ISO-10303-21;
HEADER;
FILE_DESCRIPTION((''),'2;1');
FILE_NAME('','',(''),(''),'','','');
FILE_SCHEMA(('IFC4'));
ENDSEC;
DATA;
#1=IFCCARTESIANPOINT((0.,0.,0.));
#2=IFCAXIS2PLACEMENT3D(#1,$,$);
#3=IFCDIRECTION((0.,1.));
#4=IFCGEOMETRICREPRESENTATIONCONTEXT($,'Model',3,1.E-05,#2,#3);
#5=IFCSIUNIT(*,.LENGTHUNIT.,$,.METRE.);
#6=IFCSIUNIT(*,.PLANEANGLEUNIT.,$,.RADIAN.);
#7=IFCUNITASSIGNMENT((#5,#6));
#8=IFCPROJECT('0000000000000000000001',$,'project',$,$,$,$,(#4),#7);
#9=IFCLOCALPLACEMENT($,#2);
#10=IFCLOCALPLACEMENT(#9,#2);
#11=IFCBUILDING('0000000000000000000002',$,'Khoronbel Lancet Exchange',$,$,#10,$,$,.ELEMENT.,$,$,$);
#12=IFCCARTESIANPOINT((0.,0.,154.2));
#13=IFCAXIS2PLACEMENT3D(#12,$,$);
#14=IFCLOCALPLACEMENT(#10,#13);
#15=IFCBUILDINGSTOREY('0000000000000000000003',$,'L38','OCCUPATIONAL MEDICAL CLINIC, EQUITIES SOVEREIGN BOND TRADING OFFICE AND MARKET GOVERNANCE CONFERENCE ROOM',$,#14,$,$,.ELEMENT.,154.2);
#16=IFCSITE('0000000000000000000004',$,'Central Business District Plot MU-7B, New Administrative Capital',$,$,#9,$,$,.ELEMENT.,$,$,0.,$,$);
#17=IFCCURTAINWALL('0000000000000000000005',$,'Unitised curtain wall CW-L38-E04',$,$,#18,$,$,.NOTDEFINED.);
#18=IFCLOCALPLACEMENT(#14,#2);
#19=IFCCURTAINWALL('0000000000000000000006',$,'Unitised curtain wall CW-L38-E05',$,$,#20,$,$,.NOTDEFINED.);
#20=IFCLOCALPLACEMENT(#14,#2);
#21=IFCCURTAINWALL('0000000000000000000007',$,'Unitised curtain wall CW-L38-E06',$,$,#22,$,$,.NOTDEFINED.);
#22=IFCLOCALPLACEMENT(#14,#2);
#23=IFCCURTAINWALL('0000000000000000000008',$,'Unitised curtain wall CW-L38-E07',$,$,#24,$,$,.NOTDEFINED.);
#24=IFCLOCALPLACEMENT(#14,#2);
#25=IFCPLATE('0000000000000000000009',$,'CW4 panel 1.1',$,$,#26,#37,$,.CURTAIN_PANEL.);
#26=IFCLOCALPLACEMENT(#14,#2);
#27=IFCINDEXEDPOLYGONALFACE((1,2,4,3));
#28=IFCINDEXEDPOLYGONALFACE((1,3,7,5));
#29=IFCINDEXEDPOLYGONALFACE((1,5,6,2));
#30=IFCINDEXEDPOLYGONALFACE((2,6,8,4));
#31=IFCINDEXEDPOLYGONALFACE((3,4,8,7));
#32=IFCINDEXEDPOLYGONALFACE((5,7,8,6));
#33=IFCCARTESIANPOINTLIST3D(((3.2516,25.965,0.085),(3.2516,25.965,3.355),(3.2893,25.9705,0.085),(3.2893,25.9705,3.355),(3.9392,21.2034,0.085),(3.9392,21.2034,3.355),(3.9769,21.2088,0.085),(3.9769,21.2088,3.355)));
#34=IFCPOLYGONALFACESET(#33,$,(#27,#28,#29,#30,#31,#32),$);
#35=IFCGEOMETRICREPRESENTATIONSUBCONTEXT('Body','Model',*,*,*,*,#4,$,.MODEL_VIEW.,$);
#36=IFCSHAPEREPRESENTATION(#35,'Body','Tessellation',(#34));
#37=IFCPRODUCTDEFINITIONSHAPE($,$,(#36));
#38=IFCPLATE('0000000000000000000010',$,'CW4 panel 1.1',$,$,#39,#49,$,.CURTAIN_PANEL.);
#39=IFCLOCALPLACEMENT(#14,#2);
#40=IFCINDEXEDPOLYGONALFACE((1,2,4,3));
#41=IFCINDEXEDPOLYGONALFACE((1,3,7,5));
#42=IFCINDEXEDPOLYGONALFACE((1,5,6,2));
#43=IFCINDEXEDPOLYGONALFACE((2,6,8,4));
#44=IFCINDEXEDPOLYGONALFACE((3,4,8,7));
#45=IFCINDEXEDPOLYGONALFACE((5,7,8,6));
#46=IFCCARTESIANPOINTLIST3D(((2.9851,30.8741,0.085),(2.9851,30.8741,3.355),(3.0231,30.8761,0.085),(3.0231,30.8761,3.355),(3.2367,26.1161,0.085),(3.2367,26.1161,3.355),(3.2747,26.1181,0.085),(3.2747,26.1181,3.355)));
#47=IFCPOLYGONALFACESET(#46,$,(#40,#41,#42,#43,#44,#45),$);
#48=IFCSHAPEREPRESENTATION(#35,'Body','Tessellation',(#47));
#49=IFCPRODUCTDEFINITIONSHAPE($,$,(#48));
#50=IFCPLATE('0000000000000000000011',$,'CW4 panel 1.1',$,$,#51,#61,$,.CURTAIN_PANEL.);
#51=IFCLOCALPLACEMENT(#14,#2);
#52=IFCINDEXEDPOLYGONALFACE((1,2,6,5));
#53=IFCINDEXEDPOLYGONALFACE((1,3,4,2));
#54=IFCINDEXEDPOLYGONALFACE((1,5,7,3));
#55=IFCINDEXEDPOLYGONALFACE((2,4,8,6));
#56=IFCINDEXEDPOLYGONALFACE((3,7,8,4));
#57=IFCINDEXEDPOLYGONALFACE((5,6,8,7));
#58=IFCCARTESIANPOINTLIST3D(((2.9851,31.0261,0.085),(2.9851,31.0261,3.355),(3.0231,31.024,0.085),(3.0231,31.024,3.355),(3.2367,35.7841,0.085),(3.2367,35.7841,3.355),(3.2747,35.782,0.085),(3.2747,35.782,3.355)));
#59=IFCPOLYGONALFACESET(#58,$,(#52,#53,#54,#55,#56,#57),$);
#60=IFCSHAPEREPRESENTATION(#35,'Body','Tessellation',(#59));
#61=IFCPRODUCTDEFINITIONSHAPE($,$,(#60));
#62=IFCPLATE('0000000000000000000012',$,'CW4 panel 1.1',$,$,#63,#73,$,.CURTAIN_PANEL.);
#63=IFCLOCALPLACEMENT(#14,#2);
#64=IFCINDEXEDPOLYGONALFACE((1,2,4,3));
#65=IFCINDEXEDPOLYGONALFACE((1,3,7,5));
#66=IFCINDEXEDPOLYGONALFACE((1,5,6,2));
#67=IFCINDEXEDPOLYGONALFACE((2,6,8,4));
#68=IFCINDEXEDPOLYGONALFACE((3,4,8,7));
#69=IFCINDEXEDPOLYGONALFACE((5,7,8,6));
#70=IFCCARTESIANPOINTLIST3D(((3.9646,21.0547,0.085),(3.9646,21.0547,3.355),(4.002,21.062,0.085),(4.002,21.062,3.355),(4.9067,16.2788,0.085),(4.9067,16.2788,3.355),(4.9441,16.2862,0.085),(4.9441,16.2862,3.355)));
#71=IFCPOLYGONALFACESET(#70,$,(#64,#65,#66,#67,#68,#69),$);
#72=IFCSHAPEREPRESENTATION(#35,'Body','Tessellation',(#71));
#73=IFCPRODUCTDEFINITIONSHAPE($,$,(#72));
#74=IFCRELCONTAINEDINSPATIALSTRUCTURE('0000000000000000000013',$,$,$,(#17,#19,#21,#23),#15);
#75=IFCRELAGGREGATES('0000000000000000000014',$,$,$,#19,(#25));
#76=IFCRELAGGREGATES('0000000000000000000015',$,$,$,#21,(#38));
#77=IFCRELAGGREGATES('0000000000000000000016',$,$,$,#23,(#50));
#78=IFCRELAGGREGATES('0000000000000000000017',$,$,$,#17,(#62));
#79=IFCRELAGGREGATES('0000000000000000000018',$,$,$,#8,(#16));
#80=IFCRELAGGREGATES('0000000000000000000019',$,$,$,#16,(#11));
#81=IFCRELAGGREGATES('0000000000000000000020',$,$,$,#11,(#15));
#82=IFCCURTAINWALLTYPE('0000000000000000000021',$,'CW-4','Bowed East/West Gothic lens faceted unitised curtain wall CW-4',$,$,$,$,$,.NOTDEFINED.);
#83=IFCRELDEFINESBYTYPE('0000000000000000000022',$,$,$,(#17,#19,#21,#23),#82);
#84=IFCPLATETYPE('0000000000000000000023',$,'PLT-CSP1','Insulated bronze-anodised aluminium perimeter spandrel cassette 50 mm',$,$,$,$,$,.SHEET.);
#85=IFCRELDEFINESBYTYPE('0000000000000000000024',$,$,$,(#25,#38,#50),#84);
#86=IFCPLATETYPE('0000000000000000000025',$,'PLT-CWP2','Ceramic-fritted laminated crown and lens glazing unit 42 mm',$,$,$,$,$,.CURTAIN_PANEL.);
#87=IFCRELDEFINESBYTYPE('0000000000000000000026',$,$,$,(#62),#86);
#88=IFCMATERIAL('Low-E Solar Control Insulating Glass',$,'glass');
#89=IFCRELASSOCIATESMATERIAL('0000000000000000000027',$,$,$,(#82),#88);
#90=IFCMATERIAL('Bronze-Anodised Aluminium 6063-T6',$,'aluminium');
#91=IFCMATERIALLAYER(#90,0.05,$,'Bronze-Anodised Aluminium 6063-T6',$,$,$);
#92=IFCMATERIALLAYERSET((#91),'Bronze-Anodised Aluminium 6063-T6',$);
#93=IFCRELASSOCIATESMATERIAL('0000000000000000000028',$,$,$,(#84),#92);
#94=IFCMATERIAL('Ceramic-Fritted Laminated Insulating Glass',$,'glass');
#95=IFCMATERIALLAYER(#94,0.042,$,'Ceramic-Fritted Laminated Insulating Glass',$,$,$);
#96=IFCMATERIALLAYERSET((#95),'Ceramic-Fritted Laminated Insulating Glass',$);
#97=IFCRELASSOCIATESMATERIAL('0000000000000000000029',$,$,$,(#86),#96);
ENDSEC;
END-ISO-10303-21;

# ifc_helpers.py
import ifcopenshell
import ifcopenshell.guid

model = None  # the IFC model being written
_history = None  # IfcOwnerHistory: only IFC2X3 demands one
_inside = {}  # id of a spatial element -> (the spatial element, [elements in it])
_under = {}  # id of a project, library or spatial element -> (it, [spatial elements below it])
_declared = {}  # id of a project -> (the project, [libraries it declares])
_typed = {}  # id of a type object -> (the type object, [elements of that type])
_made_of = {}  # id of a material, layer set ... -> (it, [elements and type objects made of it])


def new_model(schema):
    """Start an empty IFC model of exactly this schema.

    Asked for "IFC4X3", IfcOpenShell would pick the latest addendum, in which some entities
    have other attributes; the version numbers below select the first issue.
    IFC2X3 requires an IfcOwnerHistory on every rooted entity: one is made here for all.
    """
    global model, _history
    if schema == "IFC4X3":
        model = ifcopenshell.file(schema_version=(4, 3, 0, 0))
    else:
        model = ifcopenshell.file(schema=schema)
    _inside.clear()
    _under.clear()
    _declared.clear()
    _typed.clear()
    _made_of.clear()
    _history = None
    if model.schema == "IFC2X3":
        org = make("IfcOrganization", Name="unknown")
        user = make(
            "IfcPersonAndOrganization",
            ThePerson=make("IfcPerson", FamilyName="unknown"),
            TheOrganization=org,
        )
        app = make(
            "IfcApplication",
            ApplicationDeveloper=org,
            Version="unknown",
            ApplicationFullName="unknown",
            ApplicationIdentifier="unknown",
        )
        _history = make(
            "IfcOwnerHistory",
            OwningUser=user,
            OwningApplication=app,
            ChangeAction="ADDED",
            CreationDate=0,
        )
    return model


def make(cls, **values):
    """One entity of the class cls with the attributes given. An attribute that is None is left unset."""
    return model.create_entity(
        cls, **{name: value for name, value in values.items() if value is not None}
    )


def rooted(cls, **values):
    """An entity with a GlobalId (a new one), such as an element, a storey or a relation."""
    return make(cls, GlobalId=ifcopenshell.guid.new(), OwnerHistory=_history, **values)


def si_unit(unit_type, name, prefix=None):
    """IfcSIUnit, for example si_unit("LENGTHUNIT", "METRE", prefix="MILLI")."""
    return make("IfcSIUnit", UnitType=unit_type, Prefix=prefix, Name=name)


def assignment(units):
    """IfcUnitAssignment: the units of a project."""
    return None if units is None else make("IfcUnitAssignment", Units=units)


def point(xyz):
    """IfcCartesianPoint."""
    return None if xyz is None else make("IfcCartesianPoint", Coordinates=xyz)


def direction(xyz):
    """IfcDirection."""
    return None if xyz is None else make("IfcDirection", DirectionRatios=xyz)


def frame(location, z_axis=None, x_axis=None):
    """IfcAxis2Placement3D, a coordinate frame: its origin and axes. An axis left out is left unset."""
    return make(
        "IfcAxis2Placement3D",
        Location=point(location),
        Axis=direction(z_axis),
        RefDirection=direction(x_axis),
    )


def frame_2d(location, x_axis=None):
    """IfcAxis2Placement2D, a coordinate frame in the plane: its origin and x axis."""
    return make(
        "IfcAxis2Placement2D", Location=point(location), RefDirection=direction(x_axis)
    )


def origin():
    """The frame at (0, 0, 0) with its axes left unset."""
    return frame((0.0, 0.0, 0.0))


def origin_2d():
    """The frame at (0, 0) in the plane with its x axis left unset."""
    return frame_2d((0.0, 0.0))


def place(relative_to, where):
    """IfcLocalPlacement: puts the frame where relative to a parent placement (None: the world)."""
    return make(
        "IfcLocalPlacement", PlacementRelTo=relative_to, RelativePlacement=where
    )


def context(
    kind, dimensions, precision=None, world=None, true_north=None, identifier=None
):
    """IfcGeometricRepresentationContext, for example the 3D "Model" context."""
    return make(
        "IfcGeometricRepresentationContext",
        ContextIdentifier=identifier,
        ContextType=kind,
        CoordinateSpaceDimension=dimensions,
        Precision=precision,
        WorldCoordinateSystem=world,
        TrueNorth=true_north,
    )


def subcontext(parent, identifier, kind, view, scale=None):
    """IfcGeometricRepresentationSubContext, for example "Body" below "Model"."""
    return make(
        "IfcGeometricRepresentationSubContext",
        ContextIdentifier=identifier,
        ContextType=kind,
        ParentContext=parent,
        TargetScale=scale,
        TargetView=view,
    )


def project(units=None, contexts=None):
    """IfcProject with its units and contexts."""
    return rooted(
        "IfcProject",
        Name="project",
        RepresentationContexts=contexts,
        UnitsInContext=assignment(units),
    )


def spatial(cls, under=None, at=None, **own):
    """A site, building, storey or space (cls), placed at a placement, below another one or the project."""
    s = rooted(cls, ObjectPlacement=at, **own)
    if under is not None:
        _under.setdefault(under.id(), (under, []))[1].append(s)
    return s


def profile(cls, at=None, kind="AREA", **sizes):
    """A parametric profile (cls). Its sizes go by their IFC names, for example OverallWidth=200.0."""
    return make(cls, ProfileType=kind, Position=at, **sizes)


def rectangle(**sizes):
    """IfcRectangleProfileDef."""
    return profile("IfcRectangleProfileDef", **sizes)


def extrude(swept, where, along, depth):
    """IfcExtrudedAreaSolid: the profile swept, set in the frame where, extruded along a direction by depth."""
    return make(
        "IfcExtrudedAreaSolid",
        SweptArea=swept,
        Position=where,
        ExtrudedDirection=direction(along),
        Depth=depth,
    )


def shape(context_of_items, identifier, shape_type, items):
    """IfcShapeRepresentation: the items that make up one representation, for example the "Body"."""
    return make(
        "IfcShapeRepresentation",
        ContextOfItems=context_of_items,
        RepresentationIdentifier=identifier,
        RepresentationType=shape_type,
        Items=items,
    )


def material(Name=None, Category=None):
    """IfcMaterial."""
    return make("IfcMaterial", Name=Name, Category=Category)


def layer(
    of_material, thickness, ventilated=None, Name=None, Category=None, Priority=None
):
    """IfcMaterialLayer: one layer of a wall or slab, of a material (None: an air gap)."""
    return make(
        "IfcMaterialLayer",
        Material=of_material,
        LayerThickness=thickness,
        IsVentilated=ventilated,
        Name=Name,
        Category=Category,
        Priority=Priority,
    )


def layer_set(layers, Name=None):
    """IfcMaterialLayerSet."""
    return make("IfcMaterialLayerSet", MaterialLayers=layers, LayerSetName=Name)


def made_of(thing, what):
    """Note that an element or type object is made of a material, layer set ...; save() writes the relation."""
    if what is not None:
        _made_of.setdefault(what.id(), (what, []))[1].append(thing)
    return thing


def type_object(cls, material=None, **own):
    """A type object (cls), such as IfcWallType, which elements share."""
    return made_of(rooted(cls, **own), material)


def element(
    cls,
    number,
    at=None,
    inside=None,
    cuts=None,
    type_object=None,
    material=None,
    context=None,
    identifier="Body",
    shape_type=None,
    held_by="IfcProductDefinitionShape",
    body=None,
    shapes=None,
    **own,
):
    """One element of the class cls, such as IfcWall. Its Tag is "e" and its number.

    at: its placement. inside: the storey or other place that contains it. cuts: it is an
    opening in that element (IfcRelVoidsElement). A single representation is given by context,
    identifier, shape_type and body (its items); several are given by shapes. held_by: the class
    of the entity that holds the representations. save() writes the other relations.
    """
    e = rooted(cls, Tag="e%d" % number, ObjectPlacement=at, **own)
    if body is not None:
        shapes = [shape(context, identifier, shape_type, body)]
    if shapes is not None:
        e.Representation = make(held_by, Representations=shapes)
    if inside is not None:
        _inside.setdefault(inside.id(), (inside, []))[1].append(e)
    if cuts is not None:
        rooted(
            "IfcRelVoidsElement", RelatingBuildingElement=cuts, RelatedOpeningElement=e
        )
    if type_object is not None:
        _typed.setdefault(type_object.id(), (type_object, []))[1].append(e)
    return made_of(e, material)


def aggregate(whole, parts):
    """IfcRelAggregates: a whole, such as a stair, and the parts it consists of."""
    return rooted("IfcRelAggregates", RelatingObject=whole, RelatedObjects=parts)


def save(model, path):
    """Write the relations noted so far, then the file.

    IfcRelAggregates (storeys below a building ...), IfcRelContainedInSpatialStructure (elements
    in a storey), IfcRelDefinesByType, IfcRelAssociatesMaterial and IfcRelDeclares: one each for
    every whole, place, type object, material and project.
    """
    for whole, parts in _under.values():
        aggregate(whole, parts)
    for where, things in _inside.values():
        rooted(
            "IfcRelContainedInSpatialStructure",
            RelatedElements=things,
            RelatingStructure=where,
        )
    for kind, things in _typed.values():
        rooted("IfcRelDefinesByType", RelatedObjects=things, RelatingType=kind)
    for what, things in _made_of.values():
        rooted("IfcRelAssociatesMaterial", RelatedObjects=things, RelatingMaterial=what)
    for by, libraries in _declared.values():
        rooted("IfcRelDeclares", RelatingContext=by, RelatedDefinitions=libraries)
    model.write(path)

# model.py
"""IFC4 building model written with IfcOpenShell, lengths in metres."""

from ifc_helpers import new_model, si_unit, direction, frame, origin, origin_2d, place, context, subcontext, project, spatial, rectangle, extrude, material, layer, layer_set, type_object, element, aggregate, save


model = new_model("IFC4")

# Units and contexts
model_context = context("Model", 3, precision=1e-05, world=origin(), true_north=direction((0.0, 1.0)))
body_context = subcontext(model_context, "Body", "Model", "MODEL_VIEW")
ifc_project = project(units=[si_unit("LENGTHUNIT", "METRE"), si_unit("PLANEANGLEUNIT", "RADIAN")], contexts=[model_context])

# Site, building, storey
site_placement = place(None, origin())
site = spatial("IfcSite", under=ifc_project, at=site_placement, Name="Central Business District Plot MU-7B, New Administrative Capital", CompositionType="ELEMENT", RefElevation=0.0)
building_placement = place(site_placement, origin())
building = spatial("IfcBuilding", under=site, at=building_placement, Name="Khoronbel Lancet Exchange", CompositionType="ELEMENT")
storey_placement = place(building_placement, frame((0.0, 0.0, 154.2)))
storey = spatial("IfcBuildingStorey", under=building, at=storey_placement, Name="L38", Description="OCCUPATIONAL MEDICAL CLINIC, EQUITIES SOVEREIGN BOND TRADING OFFICE AND MARKET GOVERNANCE CONFERENCE ROOM", CompositionType="ELEMENT", Elevation=154.2)

# Curtain walls
ifc_material_1 = material(Name="Low-E Solar Control Insulating Glass", Category="glass")
curtain_wall_type = type_object("IfcCurtainWallType", Name="CW-4", Description="Bowed East/West Gothic lens faceted unitised curtain wall CW-4", PredefinedType="NOTDEFINED", material=ifc_material_1)
curtain_wall_1_placement = place(storey_placement, origin())
curtain_wall_1 = element("IfcCurtainWall", 1, at=curtain_wall_1_placement, inside=storey, type_object=curtain_wall_type, Name="Unitised curtain wall CW-L38-E04", PredefinedType="NOTDEFINED")
ifc_material_2 = material(Name="Bronze-Anodised Aluminium 6063-T6", Category="aluminium")
curtain_wall_2_placement = place(storey_placement, origin())
curtain_wall_2 = element("IfcCurtainWall", 2, at=curtain_wall_2_placement, inside=storey, type_object=curtain_wall_type, Name="Unitised curtain wall CW-L38-E05", PredefinedType="NOTDEFINED")
curtain_wall_3_placement = place(storey_placement, origin())
curtain_wall_3 = element("IfcCurtainWall", 3, at=curtain_wall_3_placement, inside=storey, type_object=curtain_wall_type, Name="Unitised curtain wall CW-L38-E06", PredefinedType="NOTDEFINED")

# Curtain wall
curtain_wall_4_placement = place(storey_placement, origin())
curtain_wall_4 = element("IfcCurtainWall", 4, at=curtain_wall_4_placement, inside=storey, type_object=curtain_wall_type, Name="Unitised curtain wall CW-L38-E07", PredefinedType="NOTDEFINED")

# Plates
ifc_layer_1 = layer(ifc_material_2, 0.05, Name="Bronze-Anodised Aluminium 6063-T6")
ifc_layer_set_1 = layer_set([ifc_layer_1], Name="Bronze-Anodised Aluminium 6063-T6")
plate_type_1 = type_object("IfcPlateType", Name="PLT-CSP1", Description="Insulated bronze-anodised aluminium perimeter spandrel cassette 50 mm", PredefinedType="SHEET", material=ifc_layer_set_1)
plate_1_placement = place(storey_placement, frame((3.6143, 23.5869, 0.085), z_axis=(0.0, 0.0, 1.0), x_axis=(-0.142931, 0.989733, 0.0)))
plate_1 = element("IfcPlate", 5, at=plate_1_placement, type_object=plate_type_1, Name="CW4 panel 1.1", PredefinedType="CURTAIN_PANEL", context=body_context, shape_type="SweptSolid", body=[
    extrude(rectangle(XDim=4.811, YDim=0.0381, at=origin_2d()), origin(), (0.0, 0.0, 1.0), 3.27),
])
aggregate(curtain_wall_2, [plate_1])
plate_2_placement = place(storey_placement, frame((3.1299, 28.4961, 0.085), z_axis=(0.0, 0.0, 1.0), x_axis=(-0.0528, 0.998605, 0.0)))
plate_2 = element("IfcPlate", 6, at=plate_2_placement, type_object=plate_type_1, Name="CW4 panel 1.1", PredefinedType="CURTAIN_PANEL", context=body_context, shape_type="SweptSolid", body=[
    extrude(rectangle(XDim=4.7646, YDim=0.0381, at=origin_2d()), origin(), (0.0, 0.0, 1.0), 3.27),
])
aggregate(curtain_wall_3, [plate_2])
plate_3_placement = place(storey_placement, frame((3.1299, 33.4041, 0.085), z_axis=(0.0, 0.0, 1.0), x_axis=(0.0528, 0.998605, 0.0)))
plate_3 = element("IfcPlate", 7, at=plate_3_placement, type_object=plate_type_1, Name="CW4 panel 1.1", PredefinedType="CURTAIN_PANEL", context=body_context, shape_type="SweptSolid", body=[
    extrude(rectangle(XDim=4.7646, YDim=0.0381, at=origin_2d()), origin(), (0.0, 0.0, 1.0), 3.27),
])
aggregate(curtain_wall_4, [plate_3])
ifc_material_3 = material(Name="Ceramic-Fritted Laminated Insulating Glass", Category="glass")
ifc_layer_2 = layer(ifc_material_3, 0.042, Name="Ceramic-Fritted Laminated Insulating Glass")
ifc_layer_set_2 = layer_set([ifc_layer_2], Name="Ceramic-Fritted Laminated Insulating Glass")
plate_type_2 = type_object("IfcPlateType", Name="PLT-CWP2", Description="Ceramic-fritted laminated crown and lens glazing unit 42 mm", PredefinedType="CURTAIN_PANEL", material=ifc_layer_set_2)
plate_4_placement = place(storey_placement, frame((4.4543, 18.6704, 0.085), z_axis=(0.0, 0.0, 1.0), x_axis=(-0.193544, 0.981092, 0.0)))
plate_4 = element("IfcPlate", 8, at=plate_4_placement, type_object=plate_type_2, Name="CW4 panel 1.1", PredefinedType="CURTAIN_PANEL", context=body_context, shape_type="SweptSolid", body=[
    extrude(rectangle(XDim=4.8679, YDim=0.0381, at=origin_2d()), origin(), (0.0, 0.0, 1.0), 3.27),
])
aggregate(curtain_wall_1, [plate_4])

save(model, "model.ifc")
